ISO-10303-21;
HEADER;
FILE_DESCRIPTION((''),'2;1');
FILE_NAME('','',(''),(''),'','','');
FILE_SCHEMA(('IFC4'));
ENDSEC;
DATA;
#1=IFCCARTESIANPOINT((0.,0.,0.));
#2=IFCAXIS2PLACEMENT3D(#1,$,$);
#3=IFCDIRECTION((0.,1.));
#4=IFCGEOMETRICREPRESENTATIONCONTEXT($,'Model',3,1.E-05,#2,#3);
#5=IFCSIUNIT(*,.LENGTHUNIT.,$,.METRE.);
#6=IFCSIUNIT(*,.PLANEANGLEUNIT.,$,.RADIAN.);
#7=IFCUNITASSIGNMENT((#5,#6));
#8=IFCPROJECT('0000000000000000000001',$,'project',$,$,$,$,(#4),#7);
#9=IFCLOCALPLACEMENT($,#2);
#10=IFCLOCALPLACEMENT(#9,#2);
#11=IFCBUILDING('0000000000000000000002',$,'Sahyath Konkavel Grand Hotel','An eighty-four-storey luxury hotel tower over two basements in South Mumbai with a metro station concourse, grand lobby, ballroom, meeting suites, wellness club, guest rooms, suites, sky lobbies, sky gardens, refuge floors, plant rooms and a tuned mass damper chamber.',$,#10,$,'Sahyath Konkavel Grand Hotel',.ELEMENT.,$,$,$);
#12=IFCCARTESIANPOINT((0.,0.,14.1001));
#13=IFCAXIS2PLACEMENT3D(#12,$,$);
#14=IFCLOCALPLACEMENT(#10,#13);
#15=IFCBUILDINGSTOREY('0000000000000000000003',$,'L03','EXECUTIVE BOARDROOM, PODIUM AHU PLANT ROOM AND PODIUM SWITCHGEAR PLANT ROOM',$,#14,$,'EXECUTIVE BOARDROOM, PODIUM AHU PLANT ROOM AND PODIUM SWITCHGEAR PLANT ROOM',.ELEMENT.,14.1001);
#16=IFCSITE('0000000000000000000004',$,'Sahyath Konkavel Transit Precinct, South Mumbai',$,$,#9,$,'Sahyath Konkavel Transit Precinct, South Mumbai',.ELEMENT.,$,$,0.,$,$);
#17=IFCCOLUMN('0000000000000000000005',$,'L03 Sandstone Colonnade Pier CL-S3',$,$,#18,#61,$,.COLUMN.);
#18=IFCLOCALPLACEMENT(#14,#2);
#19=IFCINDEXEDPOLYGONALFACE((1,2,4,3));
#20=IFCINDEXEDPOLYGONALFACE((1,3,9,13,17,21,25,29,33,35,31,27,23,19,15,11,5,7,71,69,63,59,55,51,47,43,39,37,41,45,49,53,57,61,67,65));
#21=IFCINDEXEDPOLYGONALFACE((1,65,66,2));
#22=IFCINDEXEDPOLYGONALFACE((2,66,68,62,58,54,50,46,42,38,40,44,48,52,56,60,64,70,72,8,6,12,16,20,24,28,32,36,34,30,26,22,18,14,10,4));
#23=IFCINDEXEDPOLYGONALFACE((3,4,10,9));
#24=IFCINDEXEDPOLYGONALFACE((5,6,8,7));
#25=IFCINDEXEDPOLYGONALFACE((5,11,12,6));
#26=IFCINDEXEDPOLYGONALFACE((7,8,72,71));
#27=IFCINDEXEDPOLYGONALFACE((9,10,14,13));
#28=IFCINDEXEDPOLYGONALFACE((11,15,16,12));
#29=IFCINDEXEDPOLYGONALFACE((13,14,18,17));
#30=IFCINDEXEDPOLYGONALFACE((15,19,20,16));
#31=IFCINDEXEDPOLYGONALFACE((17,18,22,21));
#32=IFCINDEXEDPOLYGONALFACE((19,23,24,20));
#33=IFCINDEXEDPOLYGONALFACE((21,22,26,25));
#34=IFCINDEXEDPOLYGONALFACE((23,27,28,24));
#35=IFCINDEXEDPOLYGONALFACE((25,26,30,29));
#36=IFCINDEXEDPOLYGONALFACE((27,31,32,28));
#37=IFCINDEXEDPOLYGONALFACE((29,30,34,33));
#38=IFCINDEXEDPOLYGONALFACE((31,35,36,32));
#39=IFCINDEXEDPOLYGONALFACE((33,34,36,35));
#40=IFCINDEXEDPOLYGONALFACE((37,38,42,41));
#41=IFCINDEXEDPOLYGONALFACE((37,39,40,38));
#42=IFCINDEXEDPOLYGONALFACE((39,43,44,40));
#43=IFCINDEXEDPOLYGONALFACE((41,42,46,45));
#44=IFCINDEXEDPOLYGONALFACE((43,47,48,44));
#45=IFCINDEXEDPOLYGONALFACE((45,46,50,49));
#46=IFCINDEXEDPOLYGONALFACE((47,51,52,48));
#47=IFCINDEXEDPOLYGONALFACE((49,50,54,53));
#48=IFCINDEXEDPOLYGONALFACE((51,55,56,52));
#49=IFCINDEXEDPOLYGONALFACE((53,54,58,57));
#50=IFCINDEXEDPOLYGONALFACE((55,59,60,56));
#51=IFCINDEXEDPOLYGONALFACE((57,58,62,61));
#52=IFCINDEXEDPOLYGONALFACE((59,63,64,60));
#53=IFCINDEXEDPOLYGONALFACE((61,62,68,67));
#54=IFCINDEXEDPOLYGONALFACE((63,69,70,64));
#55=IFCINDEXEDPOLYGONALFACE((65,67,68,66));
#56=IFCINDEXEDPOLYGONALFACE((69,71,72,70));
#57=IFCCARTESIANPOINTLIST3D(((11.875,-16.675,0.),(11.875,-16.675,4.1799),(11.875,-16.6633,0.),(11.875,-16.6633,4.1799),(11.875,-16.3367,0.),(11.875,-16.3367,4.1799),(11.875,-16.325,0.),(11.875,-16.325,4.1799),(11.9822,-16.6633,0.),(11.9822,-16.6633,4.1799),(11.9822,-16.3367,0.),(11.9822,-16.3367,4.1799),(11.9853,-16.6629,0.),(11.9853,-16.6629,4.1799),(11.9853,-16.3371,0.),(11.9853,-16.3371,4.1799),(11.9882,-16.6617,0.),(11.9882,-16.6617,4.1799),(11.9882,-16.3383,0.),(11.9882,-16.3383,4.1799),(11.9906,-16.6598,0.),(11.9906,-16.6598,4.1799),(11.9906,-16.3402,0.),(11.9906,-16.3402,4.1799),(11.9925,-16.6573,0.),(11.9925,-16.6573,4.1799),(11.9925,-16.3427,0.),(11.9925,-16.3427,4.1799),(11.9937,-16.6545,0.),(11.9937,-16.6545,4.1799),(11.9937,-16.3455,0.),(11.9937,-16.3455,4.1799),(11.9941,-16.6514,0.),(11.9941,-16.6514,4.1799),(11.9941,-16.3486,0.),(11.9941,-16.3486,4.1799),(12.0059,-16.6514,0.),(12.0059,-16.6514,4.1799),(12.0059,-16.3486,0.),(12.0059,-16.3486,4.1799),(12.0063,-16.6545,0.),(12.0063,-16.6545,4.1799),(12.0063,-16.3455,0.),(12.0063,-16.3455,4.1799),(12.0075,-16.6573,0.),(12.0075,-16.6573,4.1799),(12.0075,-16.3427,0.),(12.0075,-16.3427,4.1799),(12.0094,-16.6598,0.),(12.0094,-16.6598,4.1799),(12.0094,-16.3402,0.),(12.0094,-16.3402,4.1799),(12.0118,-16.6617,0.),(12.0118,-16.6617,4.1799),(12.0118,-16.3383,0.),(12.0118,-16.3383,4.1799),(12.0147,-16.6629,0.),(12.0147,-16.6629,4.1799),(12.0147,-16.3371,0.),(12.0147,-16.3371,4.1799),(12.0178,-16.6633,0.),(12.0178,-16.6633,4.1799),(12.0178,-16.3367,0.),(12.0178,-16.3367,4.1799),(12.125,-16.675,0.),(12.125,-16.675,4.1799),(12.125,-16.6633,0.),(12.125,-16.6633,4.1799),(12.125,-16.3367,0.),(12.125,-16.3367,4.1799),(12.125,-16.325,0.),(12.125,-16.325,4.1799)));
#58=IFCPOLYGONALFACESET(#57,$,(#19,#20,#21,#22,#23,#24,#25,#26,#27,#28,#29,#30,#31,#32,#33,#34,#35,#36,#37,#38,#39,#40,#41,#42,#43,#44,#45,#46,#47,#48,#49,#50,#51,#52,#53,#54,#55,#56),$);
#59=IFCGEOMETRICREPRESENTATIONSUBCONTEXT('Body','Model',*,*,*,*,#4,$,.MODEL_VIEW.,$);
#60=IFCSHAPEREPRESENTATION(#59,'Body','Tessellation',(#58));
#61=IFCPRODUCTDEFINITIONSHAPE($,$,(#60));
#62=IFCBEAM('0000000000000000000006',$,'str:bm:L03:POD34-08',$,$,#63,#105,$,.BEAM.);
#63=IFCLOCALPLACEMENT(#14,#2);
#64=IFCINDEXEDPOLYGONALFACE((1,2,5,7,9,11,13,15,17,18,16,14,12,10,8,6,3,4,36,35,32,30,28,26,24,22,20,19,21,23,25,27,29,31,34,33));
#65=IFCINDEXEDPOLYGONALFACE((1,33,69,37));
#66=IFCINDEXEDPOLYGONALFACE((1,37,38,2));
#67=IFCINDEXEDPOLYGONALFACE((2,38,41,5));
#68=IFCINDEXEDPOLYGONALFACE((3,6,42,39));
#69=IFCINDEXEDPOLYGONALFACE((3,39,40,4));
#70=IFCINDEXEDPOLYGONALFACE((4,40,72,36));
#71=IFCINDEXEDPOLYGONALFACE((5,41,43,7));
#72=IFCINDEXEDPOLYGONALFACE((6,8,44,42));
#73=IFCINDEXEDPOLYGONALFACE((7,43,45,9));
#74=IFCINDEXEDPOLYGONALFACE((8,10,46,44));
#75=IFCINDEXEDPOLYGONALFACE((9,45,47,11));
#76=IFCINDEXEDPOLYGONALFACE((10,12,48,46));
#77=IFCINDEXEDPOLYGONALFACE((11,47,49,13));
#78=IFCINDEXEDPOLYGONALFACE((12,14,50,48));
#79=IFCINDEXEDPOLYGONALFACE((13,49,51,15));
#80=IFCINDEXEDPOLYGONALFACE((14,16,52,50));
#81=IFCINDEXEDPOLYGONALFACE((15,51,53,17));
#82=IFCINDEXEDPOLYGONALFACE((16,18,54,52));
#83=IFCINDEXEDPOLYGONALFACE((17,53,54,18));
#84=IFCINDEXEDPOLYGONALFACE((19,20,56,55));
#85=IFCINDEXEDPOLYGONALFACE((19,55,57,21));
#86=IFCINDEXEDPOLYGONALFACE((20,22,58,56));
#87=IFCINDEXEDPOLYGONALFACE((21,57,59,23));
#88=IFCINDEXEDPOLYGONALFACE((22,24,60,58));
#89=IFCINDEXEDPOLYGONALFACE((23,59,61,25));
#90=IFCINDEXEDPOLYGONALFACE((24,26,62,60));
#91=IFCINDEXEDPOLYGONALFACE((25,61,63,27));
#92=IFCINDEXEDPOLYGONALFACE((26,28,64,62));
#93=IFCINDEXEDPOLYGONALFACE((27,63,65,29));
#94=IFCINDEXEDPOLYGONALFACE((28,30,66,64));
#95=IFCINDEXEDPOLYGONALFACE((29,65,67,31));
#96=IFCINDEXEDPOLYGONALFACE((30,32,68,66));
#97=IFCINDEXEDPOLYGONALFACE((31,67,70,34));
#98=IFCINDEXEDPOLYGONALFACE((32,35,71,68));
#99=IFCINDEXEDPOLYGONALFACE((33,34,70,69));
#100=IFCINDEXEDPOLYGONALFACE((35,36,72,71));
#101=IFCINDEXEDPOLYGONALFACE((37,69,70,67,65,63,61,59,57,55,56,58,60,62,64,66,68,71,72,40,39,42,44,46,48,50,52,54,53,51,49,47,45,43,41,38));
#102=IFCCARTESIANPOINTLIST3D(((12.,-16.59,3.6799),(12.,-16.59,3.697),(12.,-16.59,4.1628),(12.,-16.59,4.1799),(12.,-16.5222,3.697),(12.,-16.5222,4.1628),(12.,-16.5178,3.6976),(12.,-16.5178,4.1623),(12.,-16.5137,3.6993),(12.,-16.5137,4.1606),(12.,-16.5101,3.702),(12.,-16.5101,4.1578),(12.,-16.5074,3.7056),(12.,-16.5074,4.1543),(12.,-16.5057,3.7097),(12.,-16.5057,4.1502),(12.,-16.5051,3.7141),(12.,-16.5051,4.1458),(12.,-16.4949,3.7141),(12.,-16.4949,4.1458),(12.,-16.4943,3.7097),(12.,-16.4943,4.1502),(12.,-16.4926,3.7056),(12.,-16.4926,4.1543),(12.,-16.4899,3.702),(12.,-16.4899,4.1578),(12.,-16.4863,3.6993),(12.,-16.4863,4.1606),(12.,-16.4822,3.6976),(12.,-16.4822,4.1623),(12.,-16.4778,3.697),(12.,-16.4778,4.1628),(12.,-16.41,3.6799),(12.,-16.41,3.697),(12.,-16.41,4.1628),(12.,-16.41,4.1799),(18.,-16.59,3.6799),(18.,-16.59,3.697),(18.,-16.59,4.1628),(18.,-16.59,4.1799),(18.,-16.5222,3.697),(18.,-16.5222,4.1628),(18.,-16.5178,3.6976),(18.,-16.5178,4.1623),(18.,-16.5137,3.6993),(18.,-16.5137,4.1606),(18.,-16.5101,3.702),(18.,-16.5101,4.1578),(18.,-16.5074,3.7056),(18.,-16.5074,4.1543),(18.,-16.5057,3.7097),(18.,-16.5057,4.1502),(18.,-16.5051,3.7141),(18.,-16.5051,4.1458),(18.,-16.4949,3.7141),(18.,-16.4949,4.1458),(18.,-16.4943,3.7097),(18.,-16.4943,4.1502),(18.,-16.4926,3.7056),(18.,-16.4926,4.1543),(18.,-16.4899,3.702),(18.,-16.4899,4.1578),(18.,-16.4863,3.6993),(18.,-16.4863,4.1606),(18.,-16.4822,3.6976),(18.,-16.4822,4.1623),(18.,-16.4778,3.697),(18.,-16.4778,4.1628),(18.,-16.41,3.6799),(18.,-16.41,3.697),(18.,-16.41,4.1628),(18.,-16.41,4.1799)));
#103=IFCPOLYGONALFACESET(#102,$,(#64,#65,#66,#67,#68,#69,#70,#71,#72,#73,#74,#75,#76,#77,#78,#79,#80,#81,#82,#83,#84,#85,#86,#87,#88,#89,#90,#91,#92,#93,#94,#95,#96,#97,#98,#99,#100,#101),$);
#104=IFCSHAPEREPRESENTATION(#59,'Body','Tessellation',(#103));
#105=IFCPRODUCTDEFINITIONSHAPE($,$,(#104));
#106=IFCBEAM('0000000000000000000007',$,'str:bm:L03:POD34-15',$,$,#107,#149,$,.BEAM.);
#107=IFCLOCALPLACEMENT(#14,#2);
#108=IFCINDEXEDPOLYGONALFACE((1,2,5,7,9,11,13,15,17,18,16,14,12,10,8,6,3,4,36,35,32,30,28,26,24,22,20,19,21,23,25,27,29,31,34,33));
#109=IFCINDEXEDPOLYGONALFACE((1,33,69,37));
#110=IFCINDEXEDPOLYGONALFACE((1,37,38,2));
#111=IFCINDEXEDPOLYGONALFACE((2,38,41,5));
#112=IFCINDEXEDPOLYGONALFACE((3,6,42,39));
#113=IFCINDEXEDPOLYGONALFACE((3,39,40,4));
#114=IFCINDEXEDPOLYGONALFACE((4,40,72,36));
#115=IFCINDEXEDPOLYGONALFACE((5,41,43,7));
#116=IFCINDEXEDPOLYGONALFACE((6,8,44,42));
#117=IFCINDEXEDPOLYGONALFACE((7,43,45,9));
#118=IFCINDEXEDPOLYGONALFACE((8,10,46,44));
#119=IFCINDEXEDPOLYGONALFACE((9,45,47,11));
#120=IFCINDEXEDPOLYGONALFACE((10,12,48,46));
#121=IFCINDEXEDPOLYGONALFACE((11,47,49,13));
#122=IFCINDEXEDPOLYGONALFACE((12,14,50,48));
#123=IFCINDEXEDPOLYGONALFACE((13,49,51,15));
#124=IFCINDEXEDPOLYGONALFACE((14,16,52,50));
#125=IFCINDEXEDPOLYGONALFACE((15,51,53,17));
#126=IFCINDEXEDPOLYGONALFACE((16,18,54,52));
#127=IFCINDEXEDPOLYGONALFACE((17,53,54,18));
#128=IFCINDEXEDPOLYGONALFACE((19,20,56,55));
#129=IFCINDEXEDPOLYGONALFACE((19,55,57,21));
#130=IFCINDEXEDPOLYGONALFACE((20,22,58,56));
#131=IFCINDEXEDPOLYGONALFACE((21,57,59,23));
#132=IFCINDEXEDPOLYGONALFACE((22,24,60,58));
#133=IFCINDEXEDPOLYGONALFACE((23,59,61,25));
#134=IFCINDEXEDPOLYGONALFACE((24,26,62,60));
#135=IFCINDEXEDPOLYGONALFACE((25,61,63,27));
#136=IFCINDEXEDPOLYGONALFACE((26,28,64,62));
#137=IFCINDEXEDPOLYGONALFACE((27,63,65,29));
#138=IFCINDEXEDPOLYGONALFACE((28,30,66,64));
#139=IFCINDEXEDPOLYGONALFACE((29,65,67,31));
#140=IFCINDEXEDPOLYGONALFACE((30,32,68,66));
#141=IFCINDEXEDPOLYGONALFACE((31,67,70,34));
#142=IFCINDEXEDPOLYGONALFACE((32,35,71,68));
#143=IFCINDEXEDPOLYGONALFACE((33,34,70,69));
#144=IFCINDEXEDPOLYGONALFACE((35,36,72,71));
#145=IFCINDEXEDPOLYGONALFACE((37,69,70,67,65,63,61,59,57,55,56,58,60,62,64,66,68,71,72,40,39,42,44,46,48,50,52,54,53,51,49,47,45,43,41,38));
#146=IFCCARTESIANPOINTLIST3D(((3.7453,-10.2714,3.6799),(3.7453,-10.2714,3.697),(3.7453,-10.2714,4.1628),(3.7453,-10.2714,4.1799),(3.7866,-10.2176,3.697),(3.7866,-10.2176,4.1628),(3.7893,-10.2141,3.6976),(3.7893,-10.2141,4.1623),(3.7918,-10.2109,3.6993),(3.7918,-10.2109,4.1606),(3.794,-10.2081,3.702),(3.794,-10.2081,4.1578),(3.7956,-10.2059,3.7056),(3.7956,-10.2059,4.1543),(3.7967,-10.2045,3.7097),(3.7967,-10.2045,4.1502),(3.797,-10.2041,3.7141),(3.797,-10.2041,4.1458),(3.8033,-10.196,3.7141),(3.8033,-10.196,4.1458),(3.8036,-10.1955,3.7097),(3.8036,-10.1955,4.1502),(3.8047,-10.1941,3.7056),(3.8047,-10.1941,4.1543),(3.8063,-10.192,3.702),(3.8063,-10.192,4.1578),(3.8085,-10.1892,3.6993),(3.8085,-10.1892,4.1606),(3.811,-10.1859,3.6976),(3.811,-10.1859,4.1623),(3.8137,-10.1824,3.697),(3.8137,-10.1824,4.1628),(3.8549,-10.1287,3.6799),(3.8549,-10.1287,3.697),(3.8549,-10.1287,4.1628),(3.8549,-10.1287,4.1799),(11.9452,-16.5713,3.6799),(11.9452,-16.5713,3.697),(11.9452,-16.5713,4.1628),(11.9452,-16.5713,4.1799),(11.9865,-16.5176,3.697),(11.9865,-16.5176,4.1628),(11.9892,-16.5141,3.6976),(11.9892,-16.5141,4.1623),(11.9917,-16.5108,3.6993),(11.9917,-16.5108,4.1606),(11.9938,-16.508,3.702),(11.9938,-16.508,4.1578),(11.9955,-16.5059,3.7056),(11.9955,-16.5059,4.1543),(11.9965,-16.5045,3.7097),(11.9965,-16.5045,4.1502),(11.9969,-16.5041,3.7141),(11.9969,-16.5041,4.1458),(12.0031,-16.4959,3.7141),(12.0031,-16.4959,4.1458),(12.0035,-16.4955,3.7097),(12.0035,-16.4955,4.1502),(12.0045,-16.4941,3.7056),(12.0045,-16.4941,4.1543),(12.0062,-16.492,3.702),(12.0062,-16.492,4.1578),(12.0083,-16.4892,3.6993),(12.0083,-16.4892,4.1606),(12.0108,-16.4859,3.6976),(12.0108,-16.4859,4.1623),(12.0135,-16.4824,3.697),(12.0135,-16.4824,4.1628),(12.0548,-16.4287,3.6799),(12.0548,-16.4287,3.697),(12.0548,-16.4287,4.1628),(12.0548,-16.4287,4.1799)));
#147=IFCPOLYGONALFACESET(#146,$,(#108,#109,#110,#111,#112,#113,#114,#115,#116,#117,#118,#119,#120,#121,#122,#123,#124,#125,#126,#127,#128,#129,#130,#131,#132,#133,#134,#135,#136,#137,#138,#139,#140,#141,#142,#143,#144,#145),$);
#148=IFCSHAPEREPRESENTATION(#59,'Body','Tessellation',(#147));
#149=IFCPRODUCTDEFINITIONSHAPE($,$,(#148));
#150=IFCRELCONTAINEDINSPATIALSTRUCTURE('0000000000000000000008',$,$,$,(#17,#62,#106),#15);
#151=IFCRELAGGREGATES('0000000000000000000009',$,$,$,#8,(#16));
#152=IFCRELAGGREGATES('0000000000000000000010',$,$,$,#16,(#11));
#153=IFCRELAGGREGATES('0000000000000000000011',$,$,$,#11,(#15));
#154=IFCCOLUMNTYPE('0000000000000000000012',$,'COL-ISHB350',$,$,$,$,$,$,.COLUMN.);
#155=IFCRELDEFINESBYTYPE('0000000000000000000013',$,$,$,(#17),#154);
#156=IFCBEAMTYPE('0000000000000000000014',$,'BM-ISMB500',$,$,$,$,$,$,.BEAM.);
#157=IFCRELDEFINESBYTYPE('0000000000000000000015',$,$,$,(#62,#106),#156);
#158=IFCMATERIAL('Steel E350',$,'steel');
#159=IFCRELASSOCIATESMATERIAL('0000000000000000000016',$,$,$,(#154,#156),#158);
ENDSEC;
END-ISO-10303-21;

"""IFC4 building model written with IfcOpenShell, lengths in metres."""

from ifc_helpers import new_model, si_unit, direction, frame, origin, origin_2d, place, context, subcontext, project, spatial, i_section, extrude, source, transform, mapped, material, material_profile, profile_set, type_object, element, save


model = new_model("IFC4")

# Units and contexts
model_context = context("Model", 3, precision=1e-05, world=origin(), true_north=direction((0.0, 1.0)))
body_context = subcontext(model_context, "Body", "Model", "MODEL_VIEW")
ifc_project = project(units=[si_unit("LENGTHUNIT", "METRE"), si_unit("PLANEANGLEUNIT", "RADIAN")], contexts=[model_context])

# Site, building, storey
site_placement = place(None, origin())
site = spatial("IfcSite", under=ifc_project, at=site_placement, Name="Sahyath Konkavel Transit Precinct, South Mumbai", LongName="Sahyath Konkavel Transit Precinct, South Mumbai", CompositionType="ELEMENT", RefElevation=0.0)
building_placement = place(site_placement, origin())
building = spatial("IfcBuilding", under=site, at=building_placement, Name="Sahyath Konkavel Grand Hotel", Description="An eighty-four-storey luxury hotel tower over two basements in South Mumbai with a metro station concourse, grand lobby, ballroom, meeting suites, wellness club, guest rooms, suites, sky lobbies, sky gardens, refuge floors, plant rooms and a tuned mass damper chamber.", LongName="Sahyath Konkavel Grand Hotel", CompositionType="ELEMENT")
storey_placement = place(building_placement, frame((0.0, 0.0, 14.1001)))
storey = spatial("IfcBuildingStorey", under=building, at=storey_placement, Name="L03", Description="EXECUTIVE BOARDROOM, PODIUM AHU PLANT ROOM AND PODIUM SWITCHGEAR PLANT ROOM", LongName="EXECUTIVE BOARDROOM, PODIUM AHU PLANT ROOM AND PODIUM SWITCHGEAR PLANT ROOM", CompositionType="ELEMENT", Elevation=14.1001)

# Column
ifc_material_1 = material(Name="Steel E350", Category="steel")
ifc_material_profile_1 = material_profile(ifc_material_1, i_section(OverallWidth=0.25, OverallDepth=0.3501, WebThickness=0.0117, FlangeThickness=0.0117, FilletRadius=0.012, at=origin_2d()), Name="ISHB 350")
ifc_profile_set_1 = profile_set([ifc_material_profile_1], Name="Steel E350")
column_type = type_object("IfcColumnType", Name="COL-ISHB350", PredefinedType="COLUMN", material=ifc_profile_set_1)
shared_shape_1 = source(origin(), body_context, "Body", "SweptSolid", [
    extrude(i_section(OverallWidth=0.25, OverallDepth=0.3501, WebThickness=0.0117, FlangeThickness=0.0117, FilletRadius=0.012, at=origin_2d()), origin(), (0.0, 0.0, 1.0), 4.1799),
])
column_placement = place(storey_placement, frame((12.0, -16.5, 0.0), z_axis=(0.0, 0.0, 1.0), x_axis=(1.0, 0.0, 0.0)))
element("IfcColumn", 1, at=column_placement, inside=storey, type_object=column_type, Name="L03 Sandstone Colonnade Pier CL-S3", PredefinedType="COLUMN", context=body_context, shape_type="MappedRepresentation", body=[
    mapped(shared_shape_1, transform((0.0, 0.0, 0.0), scale=1.0)),
])

# Beams
ifc_material_profile_2 = material_profile(ifc_material_1, i_section(OverallWidth=0.1799, OverallDepth=0.5, WebThickness=0.0103, FlangeThickness=0.0171, FilletRadius=0.0171, at=origin_2d()), Name="ISMB 500")
ifc_profile_set_2 = profile_set([ifc_material_profile_2], Name="Steel E350")
beam_type_1 = type_object("IfcBeamType", Name="BM-ISMB500", PredefinedType="BEAM", material=ifc_profile_set_2)
shared_shape_2 = source(origin(), body_context, "Body", "SweptSolid", [
    extrude(i_section(OverallWidth=0.1799, OverallDepth=0.5, WebThickness=0.0103, FlangeThickness=0.0171, FilletRadius=0.0171, at=origin_2d()), origin(), (0.0, 0.0, 1.0), 6.0),
])
beam_1_placement = place(storey_placement, frame((12.0, -16.5, 3.9299), z_axis=(1.0, 0.0, 0.0), x_axis=(0.0, 1.0, 0.0)))
element("IfcBeam", 2, at=beam_1_placement, inside=storey, type_object=beam_type_1, Name="str:bm:L03:POD34-08", PredefinedType="BEAM", context=body_context, shape_type="MappedRepresentation", body=[
    mapped(shared_shape_2, transform((0.0, 0.0, 0.0), scale=1.0)),
])
shared_shape_3 = source(origin(), body_context, "Body", "SweptSolid", [
    extrude(i_section(OverallWidth=0.1799, OverallDepth=0.5, WebThickness=0.0103, FlangeThickness=0.0171, FilletRadius=0.0171, at=origin_2d()), origin(), (0.0, 0.0, 1.0), 10.3406),
])
beam_2_placement = place(storey_placement, frame((12.0, -16.5, 3.9299), z_axis=(-0.792979, 0.609249, 0.0), x_axis=(-0.609249, -0.792979, 0.0)))
element("IfcBeam", 3, at=beam_2_placement, inside=storey, type_object=beam_type_1, Name="str:bm:L03:POD34-15", PredefinedType="BEAM", context=body_context, shape_type="MappedRepresentation", body=[
    mapped(shared_shape_3, transform((0.0, 0.0, 0.0), scale=1.0)),
])

save(model, "model.ifc")
